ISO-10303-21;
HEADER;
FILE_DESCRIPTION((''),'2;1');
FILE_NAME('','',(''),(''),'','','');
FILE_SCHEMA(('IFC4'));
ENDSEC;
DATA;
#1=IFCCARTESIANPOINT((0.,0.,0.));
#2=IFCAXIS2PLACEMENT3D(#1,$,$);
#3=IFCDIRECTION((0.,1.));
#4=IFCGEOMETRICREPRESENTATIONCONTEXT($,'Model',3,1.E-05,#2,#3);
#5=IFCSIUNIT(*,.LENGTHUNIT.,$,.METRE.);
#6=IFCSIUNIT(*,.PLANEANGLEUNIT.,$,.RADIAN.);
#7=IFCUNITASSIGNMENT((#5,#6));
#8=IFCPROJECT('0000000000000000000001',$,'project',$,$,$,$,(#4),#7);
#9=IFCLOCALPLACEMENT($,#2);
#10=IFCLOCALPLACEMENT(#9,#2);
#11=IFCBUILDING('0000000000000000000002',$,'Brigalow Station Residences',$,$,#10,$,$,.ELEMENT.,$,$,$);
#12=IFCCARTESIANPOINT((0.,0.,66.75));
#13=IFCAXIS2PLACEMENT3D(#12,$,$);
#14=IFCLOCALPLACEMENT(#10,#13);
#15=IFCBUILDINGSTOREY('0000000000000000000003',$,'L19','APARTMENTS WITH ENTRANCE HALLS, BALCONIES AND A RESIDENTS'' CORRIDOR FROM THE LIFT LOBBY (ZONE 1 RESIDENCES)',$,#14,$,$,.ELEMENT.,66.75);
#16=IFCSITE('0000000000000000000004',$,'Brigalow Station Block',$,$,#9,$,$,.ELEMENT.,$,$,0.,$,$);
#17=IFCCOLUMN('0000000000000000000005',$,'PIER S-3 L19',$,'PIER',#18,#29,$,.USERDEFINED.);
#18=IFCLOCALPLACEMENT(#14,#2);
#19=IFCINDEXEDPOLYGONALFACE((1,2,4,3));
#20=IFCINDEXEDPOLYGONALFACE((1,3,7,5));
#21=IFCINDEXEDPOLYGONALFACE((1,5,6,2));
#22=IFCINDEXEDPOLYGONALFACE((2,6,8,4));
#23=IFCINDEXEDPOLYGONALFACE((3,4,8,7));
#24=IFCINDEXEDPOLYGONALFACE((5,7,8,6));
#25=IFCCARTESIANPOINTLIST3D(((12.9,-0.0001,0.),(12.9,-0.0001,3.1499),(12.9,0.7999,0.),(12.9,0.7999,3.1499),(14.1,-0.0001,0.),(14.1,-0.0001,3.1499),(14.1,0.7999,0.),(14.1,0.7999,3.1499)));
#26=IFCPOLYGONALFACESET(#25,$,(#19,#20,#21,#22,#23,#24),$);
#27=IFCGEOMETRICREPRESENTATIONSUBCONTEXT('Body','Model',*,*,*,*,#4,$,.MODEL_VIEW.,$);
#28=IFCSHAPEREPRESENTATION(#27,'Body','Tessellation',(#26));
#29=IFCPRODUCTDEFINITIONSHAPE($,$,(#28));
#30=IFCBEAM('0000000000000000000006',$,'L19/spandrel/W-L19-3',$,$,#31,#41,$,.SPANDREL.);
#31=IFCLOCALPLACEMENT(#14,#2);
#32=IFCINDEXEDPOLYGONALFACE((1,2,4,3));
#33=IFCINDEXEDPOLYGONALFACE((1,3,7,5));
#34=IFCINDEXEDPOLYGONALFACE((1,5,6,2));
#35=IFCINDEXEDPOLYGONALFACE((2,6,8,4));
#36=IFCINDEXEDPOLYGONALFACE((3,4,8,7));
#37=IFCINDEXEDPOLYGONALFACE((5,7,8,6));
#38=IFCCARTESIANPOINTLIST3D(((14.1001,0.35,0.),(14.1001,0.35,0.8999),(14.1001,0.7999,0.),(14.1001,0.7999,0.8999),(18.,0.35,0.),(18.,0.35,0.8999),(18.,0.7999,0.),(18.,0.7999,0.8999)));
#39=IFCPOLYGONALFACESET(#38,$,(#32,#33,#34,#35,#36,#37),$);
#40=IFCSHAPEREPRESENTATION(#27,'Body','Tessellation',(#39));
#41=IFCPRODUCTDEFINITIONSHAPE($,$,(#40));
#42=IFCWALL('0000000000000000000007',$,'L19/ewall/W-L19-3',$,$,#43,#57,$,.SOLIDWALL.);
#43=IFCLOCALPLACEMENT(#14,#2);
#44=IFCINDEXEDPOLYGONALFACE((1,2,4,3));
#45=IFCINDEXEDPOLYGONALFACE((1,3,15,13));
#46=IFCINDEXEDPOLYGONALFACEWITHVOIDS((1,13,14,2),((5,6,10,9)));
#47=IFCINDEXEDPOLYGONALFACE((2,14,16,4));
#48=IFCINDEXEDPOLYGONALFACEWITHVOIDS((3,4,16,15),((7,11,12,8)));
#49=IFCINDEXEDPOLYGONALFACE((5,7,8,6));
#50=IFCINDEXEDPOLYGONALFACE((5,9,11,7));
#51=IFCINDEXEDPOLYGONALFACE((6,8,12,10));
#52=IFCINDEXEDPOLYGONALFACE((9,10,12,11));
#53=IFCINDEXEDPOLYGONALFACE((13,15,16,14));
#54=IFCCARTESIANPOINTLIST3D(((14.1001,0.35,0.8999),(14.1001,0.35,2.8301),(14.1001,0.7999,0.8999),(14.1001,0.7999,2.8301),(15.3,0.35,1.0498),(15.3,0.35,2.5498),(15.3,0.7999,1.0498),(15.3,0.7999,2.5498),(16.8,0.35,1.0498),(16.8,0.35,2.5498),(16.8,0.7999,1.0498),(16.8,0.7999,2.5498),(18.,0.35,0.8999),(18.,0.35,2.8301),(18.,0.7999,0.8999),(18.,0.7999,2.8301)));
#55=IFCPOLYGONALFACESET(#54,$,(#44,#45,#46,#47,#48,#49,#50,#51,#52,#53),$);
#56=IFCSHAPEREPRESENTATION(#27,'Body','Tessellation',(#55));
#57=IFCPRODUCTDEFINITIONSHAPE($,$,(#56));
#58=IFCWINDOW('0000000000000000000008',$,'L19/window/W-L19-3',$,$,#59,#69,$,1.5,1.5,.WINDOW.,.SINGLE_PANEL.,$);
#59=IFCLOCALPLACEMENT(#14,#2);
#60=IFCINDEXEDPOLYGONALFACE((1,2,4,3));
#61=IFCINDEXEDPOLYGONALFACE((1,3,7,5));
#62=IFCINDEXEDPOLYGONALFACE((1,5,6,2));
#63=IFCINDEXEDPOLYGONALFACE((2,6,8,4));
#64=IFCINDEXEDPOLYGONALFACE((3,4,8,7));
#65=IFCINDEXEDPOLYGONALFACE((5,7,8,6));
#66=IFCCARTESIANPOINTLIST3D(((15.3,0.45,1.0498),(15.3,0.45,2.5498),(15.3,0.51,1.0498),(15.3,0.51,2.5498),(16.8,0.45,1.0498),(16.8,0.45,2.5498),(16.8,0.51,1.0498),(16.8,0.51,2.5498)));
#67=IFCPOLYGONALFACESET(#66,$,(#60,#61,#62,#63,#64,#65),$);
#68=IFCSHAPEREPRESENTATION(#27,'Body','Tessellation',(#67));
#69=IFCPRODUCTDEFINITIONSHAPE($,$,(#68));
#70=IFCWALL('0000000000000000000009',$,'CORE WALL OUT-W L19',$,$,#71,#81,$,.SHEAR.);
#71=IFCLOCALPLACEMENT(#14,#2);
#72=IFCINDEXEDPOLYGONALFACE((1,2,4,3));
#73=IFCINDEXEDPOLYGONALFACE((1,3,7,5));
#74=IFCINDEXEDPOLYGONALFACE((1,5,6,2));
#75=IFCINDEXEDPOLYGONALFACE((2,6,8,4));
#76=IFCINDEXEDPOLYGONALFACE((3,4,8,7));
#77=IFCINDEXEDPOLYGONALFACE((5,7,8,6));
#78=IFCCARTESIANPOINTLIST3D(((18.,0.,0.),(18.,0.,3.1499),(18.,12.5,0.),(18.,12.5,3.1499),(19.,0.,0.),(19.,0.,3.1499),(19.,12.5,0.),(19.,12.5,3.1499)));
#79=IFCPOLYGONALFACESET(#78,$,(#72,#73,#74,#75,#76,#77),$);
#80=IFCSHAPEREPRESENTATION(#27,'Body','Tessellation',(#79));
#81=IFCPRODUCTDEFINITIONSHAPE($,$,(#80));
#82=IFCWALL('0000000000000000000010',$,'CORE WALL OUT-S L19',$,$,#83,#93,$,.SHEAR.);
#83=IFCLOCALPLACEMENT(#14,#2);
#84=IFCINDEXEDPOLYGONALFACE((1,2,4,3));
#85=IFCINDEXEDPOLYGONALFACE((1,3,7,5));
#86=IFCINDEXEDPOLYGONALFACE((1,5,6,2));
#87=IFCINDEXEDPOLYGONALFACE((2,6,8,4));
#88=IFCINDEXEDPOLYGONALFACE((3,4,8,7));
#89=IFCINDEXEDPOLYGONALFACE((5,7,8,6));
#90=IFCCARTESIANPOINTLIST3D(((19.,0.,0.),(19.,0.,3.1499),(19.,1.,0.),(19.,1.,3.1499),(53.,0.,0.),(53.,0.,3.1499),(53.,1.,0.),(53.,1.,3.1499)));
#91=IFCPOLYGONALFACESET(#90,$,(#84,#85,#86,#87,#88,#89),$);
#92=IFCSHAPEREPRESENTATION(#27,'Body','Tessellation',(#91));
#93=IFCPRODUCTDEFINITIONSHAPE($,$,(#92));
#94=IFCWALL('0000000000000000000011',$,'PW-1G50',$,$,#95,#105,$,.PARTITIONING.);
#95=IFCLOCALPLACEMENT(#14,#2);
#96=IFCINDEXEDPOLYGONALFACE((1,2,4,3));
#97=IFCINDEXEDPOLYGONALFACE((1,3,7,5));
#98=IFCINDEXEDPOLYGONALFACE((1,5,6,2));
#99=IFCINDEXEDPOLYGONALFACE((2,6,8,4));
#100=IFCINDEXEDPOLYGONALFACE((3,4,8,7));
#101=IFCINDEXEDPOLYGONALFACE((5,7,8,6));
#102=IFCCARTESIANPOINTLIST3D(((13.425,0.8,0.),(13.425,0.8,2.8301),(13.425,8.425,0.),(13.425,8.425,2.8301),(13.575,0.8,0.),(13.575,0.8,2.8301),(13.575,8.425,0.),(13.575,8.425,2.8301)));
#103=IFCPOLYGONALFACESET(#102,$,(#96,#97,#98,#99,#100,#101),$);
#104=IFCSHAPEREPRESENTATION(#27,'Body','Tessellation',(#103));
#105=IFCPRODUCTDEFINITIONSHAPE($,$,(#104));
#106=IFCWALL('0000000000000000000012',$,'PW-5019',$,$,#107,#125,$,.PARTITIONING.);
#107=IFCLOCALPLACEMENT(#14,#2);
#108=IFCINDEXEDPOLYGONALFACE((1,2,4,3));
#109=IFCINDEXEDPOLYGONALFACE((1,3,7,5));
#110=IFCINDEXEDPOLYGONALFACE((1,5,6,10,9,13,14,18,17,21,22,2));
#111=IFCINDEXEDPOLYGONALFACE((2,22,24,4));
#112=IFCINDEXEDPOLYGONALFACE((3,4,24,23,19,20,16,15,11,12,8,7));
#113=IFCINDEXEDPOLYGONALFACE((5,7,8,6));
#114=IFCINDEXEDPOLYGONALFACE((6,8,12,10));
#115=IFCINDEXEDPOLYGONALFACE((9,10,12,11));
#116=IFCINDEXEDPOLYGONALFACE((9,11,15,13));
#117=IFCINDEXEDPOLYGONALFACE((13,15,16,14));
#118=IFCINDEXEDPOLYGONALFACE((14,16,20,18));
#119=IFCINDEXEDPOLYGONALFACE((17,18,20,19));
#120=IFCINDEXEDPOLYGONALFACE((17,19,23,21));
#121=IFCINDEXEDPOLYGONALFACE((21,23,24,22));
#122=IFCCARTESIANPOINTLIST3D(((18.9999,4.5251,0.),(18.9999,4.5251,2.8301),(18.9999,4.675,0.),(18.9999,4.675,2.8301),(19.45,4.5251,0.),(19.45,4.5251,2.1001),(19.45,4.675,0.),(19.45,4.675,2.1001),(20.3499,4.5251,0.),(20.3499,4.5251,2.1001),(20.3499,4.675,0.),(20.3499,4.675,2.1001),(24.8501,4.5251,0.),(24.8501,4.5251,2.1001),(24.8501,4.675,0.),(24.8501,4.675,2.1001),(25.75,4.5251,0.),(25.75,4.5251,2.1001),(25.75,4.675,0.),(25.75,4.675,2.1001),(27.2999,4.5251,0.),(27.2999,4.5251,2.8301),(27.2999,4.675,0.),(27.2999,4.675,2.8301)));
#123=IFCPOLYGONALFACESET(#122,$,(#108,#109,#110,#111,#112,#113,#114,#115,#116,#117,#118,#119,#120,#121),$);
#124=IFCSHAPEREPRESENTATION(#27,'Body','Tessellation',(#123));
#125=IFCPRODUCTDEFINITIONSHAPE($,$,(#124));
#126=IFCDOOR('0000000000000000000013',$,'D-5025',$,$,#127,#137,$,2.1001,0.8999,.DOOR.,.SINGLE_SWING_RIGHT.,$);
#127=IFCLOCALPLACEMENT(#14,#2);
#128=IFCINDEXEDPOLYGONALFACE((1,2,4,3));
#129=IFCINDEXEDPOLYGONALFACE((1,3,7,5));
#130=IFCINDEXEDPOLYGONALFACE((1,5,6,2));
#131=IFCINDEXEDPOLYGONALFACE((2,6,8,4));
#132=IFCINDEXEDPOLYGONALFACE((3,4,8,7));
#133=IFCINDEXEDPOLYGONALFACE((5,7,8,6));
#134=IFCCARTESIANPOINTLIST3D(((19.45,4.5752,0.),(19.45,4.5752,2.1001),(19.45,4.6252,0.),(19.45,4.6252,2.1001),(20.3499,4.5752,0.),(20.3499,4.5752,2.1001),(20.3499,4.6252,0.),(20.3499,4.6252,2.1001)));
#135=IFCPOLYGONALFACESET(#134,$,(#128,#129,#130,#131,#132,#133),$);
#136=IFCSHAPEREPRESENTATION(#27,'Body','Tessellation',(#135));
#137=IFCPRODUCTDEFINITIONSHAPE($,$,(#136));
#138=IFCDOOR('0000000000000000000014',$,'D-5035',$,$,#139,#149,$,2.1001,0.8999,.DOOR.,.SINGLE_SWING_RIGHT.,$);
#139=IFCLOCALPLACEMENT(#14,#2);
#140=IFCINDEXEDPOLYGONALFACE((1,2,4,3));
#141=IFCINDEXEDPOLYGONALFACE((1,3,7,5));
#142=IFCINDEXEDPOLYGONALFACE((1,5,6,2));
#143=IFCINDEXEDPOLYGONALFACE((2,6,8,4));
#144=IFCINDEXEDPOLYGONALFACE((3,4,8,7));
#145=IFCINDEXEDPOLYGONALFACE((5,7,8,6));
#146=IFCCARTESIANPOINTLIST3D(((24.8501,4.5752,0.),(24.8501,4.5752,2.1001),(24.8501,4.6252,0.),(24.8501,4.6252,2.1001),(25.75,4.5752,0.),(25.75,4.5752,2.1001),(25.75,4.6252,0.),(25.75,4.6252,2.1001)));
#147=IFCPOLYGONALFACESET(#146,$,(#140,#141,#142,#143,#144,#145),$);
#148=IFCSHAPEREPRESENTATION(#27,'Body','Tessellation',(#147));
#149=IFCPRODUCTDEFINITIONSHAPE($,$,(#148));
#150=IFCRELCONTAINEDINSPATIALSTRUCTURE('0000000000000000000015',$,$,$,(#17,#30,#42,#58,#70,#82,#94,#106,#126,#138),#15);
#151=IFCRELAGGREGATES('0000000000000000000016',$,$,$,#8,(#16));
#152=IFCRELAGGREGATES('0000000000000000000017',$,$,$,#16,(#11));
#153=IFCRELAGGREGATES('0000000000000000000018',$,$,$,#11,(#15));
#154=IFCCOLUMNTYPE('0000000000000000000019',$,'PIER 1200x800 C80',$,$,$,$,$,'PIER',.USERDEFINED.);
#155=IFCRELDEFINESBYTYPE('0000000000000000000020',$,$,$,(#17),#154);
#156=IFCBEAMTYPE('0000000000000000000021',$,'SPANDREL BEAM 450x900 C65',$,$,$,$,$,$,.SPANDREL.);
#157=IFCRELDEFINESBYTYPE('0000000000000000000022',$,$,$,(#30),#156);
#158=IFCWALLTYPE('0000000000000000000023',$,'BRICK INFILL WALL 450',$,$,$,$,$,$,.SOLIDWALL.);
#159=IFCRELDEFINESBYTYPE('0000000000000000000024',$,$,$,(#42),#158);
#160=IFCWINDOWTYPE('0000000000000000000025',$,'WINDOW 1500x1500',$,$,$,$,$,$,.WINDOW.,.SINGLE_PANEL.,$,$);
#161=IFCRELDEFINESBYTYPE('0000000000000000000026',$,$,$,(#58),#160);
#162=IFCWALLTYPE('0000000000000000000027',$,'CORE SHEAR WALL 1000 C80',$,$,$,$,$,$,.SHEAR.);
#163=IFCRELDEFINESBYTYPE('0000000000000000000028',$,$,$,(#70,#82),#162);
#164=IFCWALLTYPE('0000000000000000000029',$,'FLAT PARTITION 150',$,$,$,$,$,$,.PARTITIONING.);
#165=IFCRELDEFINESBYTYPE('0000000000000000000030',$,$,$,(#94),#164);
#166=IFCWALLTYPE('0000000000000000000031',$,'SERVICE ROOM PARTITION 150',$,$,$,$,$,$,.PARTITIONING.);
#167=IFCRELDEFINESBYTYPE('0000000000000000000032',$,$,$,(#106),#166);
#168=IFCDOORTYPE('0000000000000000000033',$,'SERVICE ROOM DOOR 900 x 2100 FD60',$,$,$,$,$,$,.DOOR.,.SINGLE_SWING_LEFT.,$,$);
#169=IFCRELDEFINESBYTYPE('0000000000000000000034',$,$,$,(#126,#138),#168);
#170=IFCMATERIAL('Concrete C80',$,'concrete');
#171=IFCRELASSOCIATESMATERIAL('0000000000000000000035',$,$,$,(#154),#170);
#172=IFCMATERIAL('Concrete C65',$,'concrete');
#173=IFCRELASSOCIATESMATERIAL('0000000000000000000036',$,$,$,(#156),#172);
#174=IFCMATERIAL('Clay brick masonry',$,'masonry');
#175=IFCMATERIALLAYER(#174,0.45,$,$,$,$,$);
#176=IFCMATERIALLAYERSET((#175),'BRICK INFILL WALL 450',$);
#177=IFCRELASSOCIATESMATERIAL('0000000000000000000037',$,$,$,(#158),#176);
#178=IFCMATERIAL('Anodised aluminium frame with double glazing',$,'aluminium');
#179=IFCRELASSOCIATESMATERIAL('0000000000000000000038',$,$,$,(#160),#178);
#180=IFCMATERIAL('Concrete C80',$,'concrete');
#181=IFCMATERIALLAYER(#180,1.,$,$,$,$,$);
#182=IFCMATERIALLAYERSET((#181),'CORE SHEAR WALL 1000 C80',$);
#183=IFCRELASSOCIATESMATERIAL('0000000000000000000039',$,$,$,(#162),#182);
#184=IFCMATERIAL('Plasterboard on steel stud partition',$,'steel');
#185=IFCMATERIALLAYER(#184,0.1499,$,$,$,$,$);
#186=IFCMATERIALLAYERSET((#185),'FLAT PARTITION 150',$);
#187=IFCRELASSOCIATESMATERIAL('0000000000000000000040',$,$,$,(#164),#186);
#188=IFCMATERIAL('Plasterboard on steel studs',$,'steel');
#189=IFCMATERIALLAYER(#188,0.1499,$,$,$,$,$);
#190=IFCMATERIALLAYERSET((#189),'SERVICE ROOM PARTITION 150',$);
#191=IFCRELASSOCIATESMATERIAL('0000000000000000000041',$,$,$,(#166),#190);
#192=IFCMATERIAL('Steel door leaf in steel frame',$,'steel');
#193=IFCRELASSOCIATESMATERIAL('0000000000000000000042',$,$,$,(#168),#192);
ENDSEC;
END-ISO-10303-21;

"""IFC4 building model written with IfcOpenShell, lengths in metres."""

from ifc_helpers import new_model, si_unit, direction, frame, frame_2d, origin, origin_2d, place, context, subcontext, project, spatial, rectangle, extrude, material, layer, layer_set, material_profile, profile_set, type_object, element, fill, save


model = new_model("IFC4")

# Units and contexts
model_context = context("Model", 3, precision=1e-05, world=origin(), true_north=direction((0.0, 1.0)))
body_context = subcontext(model_context, "Body", "Model", "MODEL_VIEW")
ifc_project = project(units=[si_unit("LENGTHUNIT", "METRE"), si_unit("PLANEANGLEUNIT", "RADIAN")], contexts=[model_context])

# Site, building, storey
site_placement = place(None, origin())
site = spatial("IfcSite", under=ifc_project, at=site_placement, Name="Brigalow Station Block", CompositionType="ELEMENT", RefElevation=0.0)
building_placement = place(site_placement, origin())
building = spatial("IfcBuilding", under=site, at=building_placement, Name="Brigalow Station Residences", CompositionType="ELEMENT")
storey_placement = place(building_placement, frame((0.0, 0.0, 66.75)))
storey = spatial("IfcBuildingStorey", under=building, at=storey_placement, Name="L19", Description="APARTMENTS WITH ENTRANCE HALLS, BALCONIES AND A RESIDENTS' CORRIDOR FROM THE LIFT LOBBY (ZONE 1 RESIDENCES)", CompositionType="ELEMENT", Elevation=66.75)

# Column
ifc_material_1 = material(Name="Concrete C80", Category="concrete")
ifc_material_profile_1 = material_profile(ifc_material_1, rectangle(XDim=1.2, YDim=0.8, at=origin_2d()), Name="RC1200x800")
ifc_profile_set_1 = profile_set([ifc_material_profile_1], Name="Concrete C80")
column_type = type_object("IfcColumnType", Name="PIER 1200x800 C80", ElementType="PIER", PredefinedType="USERDEFINED", material=ifc_profile_set_1)
column_placement = place(storey_placement, frame((13.5, 0.3999, 0.0), z_axis=(0.0, 0.0, 1.0), x_axis=(1.0, 0.0, 0.0)))
element("IfcColumn", 1, at=column_placement, inside=storey, type_object=column_type, Name="PIER S-3 L19", ObjectType="PIER", PredefinedType="USERDEFINED", context=body_context, shape_type="SweptSolid", body=[
    extrude(rectangle(XDim=1.2, YDim=0.8, at=origin_2d()), origin(), (0.0, 0.0, 1.0), 3.1499),
])

# Beam
ifc_material_2 = material(Name="Concrete C65", Category="concrete")
ifc_material_profile_2 = material_profile(ifc_material_2, rectangle(XDim=0.45, YDim=0.8999, at=origin_2d()), Name="RC450x900")
ifc_profile_set_2 = profile_set([ifc_material_profile_2], Name="Concrete C65")
beam_type = type_object("IfcBeamType", Name="SPANDREL BEAM 450x900 C65", PredefinedType="SPANDREL", material=ifc_profile_set_2)
beam_placement = place(storey_placement, frame((14.1001, 0.575, 0.45), z_axis=(1.0, 0.0, 0.0), x_axis=(0.0, 1.0, 0.0)))
element("IfcBeam", 2, at=beam_placement, inside=storey, type_object=beam_type, Name="L19/spandrel/W-L19-3", PredefinedType="SPANDREL", context=body_context, shape_type="SweptSolid", body=[
    extrude(rectangle(XDim=0.45, YDim=0.8999, at=origin_2d()), origin(), (0.0, 0.0, 1.0), 3.8999),
])

# Wall, opening, window
ifc_material_3 = material(Name="Clay brick masonry", Category="masonry")
ifc_layer_1 = layer(ifc_material_3, 0.45)
ifc_layer_set_1 = layer_set([ifc_layer_1], Name="BRICK INFILL WALL 450")
wall_type_1 = type_object("IfcWallType", Name="BRICK INFILL WALL 450", PredefinedType="SOLIDWALL", material=ifc_layer_set_1)
wall_1_placement = place(storey_placement, frame((14.1001, 0.575, 0.8999), z_axis=(0.0, 0.0, 1.0), x_axis=(1.0, 0.0, 0.0)))
wall_1 = element("IfcWall", 3, at=wall_1_placement, inside=storey, type_object=wall_type_1, Name="L19/ewall/W-L19-3", PredefinedType="SOLIDWALL", context=body_context, shape_type="SweptSolid", body=[
    extrude(rectangle(XDim=3.8999, YDim=0.45, at=frame_2d((1.95, 0.0))), origin(), (0.0, 0.0, 1.0), 1.9302),
])
opening_1_placement = place(wall_1_placement, frame((1.2, 0.0, 0.1499)))
opening_1 = element("IfcOpeningElement", 4, at=opening_1_placement, cuts=wall_1, PredefinedType="OPENING", context=body_context, shape_type="SweptSolid", body=[
    extrude(rectangle(XDim=1.5, YDim=1.5, at=frame_2d((0.75, 0.75))), frame((0.0, 0.2349, 0.0), z_axis=(0.0, -1.0, 0.0), x_axis=(1.0, 0.0, 0.0)), (0.0, 0.0, 1.0), 0.47),
])
ifc_material_4 = material(Name="Anodised aluminium frame with double glazing", Category="aluminium")
window_type = type_object("IfcWindowType", Name="WINDOW 1500x1500", PartitioningType="SINGLE_PANEL", PredefinedType="WINDOW", material=ifc_material_4)
window_placement = place(opening_1_placement, origin())
window = element("IfcWindow", 5, at=window_placement, inside=storey, type_object=window_type, Name="L19/window/W-L19-3", OverallHeight=1.5, OverallWidth=1.5, PartitioningType="SINGLE_PANEL", PredefinedType="WINDOW", context=body_context, shape_type="SweptSolid", body=[
    extrude(rectangle(XDim=1.5, YDim=1.5, at=frame_2d((0.75, 0.75))), frame((0.0, -0.0649, 0.0), z_axis=(0.0, -1.0, 0.0), x_axis=(1.0, 0.0, 0.0)), (0.0, 0.0, 1.0), 0.0601),
])
fill(opening_1, window)

# Walls
ifc_material_5 = material(Name="Concrete C80", Category="concrete")
ifc_layer_2 = layer(ifc_material_5, 1.0)
ifc_layer_set_2 = layer_set([ifc_layer_2], Name="CORE SHEAR WALL 1000 C80")
wall_type_2 = type_object("IfcWallType", Name="CORE SHEAR WALL 1000 C80", PredefinedType="SHEAR", material=ifc_layer_set_2)
wall_2_placement = place(storey_placement, frame((18.5, 0.0, 0.0), z_axis=(0.0, 0.0, 1.0), x_axis=(0.0, 1.0, 0.0)))
element("IfcWall", 6, at=wall_2_placement, inside=storey, type_object=wall_type_2, Name="CORE WALL OUT-W L19", PredefinedType="SHEAR", context=body_context, shape_type="SweptSolid", body=[
    extrude(rectangle(XDim=12.5, YDim=1.0, at=frame_2d((6.25, 0.0))), origin(), (0.0, 0.0, 1.0), 3.1499),
])
wall_3_placement = place(storey_placement, frame((19.0, 0.5, 0.0), z_axis=(0.0, 0.0, 1.0), x_axis=(1.0, 0.0, 0.0)))
element("IfcWall", 7, at=wall_3_placement, inside=storey, type_object=wall_type_2, Name="CORE WALL OUT-S L19", PredefinedType="SHEAR", context=body_context, shape_type="SweptSolid", body=[
    extrude(rectangle(XDim=34.0, YDim=1.0, at=frame_2d((17.0, 0.0))), origin(), (0.0, 0.0, 1.0), 3.1499),
])
ifc_material_6 = material(Name="Plasterboard on steel stud partition", Category="steel")
ifc_layer_3 = layer(ifc_material_6, 0.1499)
ifc_layer_set_3 = layer_set([ifc_layer_3], Name="FLAT PARTITION 150")
wall_type_3 = type_object("IfcWallType", Name="FLAT PARTITION 150", PredefinedType="PARTITIONING", material=ifc_layer_set_3)
wall_4_placement = place(storey_placement, frame((13.5, 0.8, 0.0), z_axis=(0.0, 0.0, 1.0), x_axis=(0.0, 1.0, 0.0)))
element("IfcWall", 8, at=wall_4_placement, inside=storey, type_object=wall_type_3, Name="PW-1G50", PredefinedType="PARTITIONING", context=body_context, shape_type="SweptSolid", body=[
    extrude(rectangle(XDim=7.625, YDim=0.1499, at=frame_2d((3.8125, 0.0))), origin(), (0.0, 0.0, 1.0), 2.8301),
])

# Wall, openings, doors
ifc_material_7 = material(Name="Plasterboard on steel studs", Category="steel")
ifc_layer_4 = layer(ifc_material_7, 0.1499)
ifc_layer_set_4 = layer_set([ifc_layer_4], Name="SERVICE ROOM PARTITION 150")
wall_type_4 = type_object("IfcWallType", Name="SERVICE ROOM PARTITION 150", PredefinedType="PARTITIONING", material=ifc_layer_set_4)
wall_5_placement = place(storey_placement, frame((19.0, 4.6001, 0.0), z_axis=(0.0, 0.0, 1.0), x_axis=(1.0, 0.0, 0.0)))
wall_5 = element("IfcWall", 9, at=wall_5_placement, inside=storey, type_object=wall_type_4, Name="PW-5019", PredefinedType="PARTITIONING", context=body_context, shape_type="SweptSolid", body=[
    extrude(rectangle(XDim=8.3, YDim=0.1499, at=frame_2d((4.1499, 0.0))), origin(), (0.0, 0.0, 1.0), 2.8301),
])
opening_2_placement = place(wall_5_placement, frame((0.45, 0.0, 0.0)))
opening_2 = element("IfcOpeningElement", 10, at=opening_2_placement, cuts=wall_5, PredefinedType="OPENING", context=body_context, shape_type="SweptSolid", body=[
    extrude(rectangle(XDim=0.8999, YDim=2.1001, at=frame_2d((0.45, 1.05))), frame((0.0, 0.085, 0.0), z_axis=(0.0, -1.0, 0.0), x_axis=(1.0, 0.0, 0.0)), (0.0, 0.0, 1.0), 0.1699),
])
opening_3_placement = place(wall_5_placement, frame((5.8501, 0.0, 0.0)))
opening_3 = element("IfcOpeningElement", 11, at=opening_3_placement, cuts=wall_5, PredefinedType="OPENING", context=body_context, shape_type="SweptSolid", body=[
    extrude(rectangle(XDim=0.8999, YDim=2.1001, at=frame_2d((0.45, 1.05))), frame((0.0, 0.085, 0.0), z_axis=(0.0, -1.0, 0.0), x_axis=(1.0, 0.0, 0.0)), (0.0, 0.0, 1.0), 0.1699),
])
ifc_material_8 = material(Name="Steel door leaf in steel frame", Category="steel")
door_type = type_object("IfcDoorType", Name="SERVICE ROOM DOOR 900 x 2100 FD60", OperationType="SINGLE_SWING_LEFT", PredefinedType="DOOR", material=ifc_material_8)
door_1_placement = place(opening_2_placement, frame((0.8999, 0.0, 0.0), z_axis=(0.0, 0.0, 1.0), x_axis=(-1.0, 0.0, 0.0)))
door_1 = element("IfcDoor", 12, at=door_1_placement, inside=storey, type_object=door_type, Name="D-5025", OperationType="SINGLE_SWING_RIGHT", OverallHeight=2.1001, OverallWidth=0.8999, PredefinedType="DOOR", context=body_context, shape_type="SweptSolid", body=[
    extrude(rectangle(XDim=0.8999, YDim=2.1001, at=frame_2d((0.45, 1.05))), frame((0.0, 0.0249, 0.0), z_axis=(0.0, -1.0, 0.0), x_axis=(1.0, 0.0, 0.0)), (0.0, 0.0, 1.0), 0.05),
])
fill(opening_2, door_1)
door_2_placement = place(opening_3_placement, frame((0.8999, 0.0, 0.0), z_axis=(0.0, 0.0, 1.0), x_axis=(-1.0, 0.0, 0.0)))
door_2 = element("IfcDoor", 13, at=door_2_placement, inside=storey, type_object=door_type, Name="D-5035", OperationType="SINGLE_SWING_RIGHT", OverallHeight=2.1001, OverallWidth=0.8999, PredefinedType="DOOR", context=body_context, shape_type="SweptSolid", body=[
    extrude(rectangle(XDim=0.8999, YDim=2.1001, at=frame_2d((0.45, 1.05))), frame((0.0, 0.0249, 0.0), z_axis=(0.0, -1.0, 0.0), x_axis=(1.0, 0.0, 0.0)), (0.0, 0.0, 1.0), 0.05),
])
fill(opening_3, door_2)

save(model, "model.ifc")
